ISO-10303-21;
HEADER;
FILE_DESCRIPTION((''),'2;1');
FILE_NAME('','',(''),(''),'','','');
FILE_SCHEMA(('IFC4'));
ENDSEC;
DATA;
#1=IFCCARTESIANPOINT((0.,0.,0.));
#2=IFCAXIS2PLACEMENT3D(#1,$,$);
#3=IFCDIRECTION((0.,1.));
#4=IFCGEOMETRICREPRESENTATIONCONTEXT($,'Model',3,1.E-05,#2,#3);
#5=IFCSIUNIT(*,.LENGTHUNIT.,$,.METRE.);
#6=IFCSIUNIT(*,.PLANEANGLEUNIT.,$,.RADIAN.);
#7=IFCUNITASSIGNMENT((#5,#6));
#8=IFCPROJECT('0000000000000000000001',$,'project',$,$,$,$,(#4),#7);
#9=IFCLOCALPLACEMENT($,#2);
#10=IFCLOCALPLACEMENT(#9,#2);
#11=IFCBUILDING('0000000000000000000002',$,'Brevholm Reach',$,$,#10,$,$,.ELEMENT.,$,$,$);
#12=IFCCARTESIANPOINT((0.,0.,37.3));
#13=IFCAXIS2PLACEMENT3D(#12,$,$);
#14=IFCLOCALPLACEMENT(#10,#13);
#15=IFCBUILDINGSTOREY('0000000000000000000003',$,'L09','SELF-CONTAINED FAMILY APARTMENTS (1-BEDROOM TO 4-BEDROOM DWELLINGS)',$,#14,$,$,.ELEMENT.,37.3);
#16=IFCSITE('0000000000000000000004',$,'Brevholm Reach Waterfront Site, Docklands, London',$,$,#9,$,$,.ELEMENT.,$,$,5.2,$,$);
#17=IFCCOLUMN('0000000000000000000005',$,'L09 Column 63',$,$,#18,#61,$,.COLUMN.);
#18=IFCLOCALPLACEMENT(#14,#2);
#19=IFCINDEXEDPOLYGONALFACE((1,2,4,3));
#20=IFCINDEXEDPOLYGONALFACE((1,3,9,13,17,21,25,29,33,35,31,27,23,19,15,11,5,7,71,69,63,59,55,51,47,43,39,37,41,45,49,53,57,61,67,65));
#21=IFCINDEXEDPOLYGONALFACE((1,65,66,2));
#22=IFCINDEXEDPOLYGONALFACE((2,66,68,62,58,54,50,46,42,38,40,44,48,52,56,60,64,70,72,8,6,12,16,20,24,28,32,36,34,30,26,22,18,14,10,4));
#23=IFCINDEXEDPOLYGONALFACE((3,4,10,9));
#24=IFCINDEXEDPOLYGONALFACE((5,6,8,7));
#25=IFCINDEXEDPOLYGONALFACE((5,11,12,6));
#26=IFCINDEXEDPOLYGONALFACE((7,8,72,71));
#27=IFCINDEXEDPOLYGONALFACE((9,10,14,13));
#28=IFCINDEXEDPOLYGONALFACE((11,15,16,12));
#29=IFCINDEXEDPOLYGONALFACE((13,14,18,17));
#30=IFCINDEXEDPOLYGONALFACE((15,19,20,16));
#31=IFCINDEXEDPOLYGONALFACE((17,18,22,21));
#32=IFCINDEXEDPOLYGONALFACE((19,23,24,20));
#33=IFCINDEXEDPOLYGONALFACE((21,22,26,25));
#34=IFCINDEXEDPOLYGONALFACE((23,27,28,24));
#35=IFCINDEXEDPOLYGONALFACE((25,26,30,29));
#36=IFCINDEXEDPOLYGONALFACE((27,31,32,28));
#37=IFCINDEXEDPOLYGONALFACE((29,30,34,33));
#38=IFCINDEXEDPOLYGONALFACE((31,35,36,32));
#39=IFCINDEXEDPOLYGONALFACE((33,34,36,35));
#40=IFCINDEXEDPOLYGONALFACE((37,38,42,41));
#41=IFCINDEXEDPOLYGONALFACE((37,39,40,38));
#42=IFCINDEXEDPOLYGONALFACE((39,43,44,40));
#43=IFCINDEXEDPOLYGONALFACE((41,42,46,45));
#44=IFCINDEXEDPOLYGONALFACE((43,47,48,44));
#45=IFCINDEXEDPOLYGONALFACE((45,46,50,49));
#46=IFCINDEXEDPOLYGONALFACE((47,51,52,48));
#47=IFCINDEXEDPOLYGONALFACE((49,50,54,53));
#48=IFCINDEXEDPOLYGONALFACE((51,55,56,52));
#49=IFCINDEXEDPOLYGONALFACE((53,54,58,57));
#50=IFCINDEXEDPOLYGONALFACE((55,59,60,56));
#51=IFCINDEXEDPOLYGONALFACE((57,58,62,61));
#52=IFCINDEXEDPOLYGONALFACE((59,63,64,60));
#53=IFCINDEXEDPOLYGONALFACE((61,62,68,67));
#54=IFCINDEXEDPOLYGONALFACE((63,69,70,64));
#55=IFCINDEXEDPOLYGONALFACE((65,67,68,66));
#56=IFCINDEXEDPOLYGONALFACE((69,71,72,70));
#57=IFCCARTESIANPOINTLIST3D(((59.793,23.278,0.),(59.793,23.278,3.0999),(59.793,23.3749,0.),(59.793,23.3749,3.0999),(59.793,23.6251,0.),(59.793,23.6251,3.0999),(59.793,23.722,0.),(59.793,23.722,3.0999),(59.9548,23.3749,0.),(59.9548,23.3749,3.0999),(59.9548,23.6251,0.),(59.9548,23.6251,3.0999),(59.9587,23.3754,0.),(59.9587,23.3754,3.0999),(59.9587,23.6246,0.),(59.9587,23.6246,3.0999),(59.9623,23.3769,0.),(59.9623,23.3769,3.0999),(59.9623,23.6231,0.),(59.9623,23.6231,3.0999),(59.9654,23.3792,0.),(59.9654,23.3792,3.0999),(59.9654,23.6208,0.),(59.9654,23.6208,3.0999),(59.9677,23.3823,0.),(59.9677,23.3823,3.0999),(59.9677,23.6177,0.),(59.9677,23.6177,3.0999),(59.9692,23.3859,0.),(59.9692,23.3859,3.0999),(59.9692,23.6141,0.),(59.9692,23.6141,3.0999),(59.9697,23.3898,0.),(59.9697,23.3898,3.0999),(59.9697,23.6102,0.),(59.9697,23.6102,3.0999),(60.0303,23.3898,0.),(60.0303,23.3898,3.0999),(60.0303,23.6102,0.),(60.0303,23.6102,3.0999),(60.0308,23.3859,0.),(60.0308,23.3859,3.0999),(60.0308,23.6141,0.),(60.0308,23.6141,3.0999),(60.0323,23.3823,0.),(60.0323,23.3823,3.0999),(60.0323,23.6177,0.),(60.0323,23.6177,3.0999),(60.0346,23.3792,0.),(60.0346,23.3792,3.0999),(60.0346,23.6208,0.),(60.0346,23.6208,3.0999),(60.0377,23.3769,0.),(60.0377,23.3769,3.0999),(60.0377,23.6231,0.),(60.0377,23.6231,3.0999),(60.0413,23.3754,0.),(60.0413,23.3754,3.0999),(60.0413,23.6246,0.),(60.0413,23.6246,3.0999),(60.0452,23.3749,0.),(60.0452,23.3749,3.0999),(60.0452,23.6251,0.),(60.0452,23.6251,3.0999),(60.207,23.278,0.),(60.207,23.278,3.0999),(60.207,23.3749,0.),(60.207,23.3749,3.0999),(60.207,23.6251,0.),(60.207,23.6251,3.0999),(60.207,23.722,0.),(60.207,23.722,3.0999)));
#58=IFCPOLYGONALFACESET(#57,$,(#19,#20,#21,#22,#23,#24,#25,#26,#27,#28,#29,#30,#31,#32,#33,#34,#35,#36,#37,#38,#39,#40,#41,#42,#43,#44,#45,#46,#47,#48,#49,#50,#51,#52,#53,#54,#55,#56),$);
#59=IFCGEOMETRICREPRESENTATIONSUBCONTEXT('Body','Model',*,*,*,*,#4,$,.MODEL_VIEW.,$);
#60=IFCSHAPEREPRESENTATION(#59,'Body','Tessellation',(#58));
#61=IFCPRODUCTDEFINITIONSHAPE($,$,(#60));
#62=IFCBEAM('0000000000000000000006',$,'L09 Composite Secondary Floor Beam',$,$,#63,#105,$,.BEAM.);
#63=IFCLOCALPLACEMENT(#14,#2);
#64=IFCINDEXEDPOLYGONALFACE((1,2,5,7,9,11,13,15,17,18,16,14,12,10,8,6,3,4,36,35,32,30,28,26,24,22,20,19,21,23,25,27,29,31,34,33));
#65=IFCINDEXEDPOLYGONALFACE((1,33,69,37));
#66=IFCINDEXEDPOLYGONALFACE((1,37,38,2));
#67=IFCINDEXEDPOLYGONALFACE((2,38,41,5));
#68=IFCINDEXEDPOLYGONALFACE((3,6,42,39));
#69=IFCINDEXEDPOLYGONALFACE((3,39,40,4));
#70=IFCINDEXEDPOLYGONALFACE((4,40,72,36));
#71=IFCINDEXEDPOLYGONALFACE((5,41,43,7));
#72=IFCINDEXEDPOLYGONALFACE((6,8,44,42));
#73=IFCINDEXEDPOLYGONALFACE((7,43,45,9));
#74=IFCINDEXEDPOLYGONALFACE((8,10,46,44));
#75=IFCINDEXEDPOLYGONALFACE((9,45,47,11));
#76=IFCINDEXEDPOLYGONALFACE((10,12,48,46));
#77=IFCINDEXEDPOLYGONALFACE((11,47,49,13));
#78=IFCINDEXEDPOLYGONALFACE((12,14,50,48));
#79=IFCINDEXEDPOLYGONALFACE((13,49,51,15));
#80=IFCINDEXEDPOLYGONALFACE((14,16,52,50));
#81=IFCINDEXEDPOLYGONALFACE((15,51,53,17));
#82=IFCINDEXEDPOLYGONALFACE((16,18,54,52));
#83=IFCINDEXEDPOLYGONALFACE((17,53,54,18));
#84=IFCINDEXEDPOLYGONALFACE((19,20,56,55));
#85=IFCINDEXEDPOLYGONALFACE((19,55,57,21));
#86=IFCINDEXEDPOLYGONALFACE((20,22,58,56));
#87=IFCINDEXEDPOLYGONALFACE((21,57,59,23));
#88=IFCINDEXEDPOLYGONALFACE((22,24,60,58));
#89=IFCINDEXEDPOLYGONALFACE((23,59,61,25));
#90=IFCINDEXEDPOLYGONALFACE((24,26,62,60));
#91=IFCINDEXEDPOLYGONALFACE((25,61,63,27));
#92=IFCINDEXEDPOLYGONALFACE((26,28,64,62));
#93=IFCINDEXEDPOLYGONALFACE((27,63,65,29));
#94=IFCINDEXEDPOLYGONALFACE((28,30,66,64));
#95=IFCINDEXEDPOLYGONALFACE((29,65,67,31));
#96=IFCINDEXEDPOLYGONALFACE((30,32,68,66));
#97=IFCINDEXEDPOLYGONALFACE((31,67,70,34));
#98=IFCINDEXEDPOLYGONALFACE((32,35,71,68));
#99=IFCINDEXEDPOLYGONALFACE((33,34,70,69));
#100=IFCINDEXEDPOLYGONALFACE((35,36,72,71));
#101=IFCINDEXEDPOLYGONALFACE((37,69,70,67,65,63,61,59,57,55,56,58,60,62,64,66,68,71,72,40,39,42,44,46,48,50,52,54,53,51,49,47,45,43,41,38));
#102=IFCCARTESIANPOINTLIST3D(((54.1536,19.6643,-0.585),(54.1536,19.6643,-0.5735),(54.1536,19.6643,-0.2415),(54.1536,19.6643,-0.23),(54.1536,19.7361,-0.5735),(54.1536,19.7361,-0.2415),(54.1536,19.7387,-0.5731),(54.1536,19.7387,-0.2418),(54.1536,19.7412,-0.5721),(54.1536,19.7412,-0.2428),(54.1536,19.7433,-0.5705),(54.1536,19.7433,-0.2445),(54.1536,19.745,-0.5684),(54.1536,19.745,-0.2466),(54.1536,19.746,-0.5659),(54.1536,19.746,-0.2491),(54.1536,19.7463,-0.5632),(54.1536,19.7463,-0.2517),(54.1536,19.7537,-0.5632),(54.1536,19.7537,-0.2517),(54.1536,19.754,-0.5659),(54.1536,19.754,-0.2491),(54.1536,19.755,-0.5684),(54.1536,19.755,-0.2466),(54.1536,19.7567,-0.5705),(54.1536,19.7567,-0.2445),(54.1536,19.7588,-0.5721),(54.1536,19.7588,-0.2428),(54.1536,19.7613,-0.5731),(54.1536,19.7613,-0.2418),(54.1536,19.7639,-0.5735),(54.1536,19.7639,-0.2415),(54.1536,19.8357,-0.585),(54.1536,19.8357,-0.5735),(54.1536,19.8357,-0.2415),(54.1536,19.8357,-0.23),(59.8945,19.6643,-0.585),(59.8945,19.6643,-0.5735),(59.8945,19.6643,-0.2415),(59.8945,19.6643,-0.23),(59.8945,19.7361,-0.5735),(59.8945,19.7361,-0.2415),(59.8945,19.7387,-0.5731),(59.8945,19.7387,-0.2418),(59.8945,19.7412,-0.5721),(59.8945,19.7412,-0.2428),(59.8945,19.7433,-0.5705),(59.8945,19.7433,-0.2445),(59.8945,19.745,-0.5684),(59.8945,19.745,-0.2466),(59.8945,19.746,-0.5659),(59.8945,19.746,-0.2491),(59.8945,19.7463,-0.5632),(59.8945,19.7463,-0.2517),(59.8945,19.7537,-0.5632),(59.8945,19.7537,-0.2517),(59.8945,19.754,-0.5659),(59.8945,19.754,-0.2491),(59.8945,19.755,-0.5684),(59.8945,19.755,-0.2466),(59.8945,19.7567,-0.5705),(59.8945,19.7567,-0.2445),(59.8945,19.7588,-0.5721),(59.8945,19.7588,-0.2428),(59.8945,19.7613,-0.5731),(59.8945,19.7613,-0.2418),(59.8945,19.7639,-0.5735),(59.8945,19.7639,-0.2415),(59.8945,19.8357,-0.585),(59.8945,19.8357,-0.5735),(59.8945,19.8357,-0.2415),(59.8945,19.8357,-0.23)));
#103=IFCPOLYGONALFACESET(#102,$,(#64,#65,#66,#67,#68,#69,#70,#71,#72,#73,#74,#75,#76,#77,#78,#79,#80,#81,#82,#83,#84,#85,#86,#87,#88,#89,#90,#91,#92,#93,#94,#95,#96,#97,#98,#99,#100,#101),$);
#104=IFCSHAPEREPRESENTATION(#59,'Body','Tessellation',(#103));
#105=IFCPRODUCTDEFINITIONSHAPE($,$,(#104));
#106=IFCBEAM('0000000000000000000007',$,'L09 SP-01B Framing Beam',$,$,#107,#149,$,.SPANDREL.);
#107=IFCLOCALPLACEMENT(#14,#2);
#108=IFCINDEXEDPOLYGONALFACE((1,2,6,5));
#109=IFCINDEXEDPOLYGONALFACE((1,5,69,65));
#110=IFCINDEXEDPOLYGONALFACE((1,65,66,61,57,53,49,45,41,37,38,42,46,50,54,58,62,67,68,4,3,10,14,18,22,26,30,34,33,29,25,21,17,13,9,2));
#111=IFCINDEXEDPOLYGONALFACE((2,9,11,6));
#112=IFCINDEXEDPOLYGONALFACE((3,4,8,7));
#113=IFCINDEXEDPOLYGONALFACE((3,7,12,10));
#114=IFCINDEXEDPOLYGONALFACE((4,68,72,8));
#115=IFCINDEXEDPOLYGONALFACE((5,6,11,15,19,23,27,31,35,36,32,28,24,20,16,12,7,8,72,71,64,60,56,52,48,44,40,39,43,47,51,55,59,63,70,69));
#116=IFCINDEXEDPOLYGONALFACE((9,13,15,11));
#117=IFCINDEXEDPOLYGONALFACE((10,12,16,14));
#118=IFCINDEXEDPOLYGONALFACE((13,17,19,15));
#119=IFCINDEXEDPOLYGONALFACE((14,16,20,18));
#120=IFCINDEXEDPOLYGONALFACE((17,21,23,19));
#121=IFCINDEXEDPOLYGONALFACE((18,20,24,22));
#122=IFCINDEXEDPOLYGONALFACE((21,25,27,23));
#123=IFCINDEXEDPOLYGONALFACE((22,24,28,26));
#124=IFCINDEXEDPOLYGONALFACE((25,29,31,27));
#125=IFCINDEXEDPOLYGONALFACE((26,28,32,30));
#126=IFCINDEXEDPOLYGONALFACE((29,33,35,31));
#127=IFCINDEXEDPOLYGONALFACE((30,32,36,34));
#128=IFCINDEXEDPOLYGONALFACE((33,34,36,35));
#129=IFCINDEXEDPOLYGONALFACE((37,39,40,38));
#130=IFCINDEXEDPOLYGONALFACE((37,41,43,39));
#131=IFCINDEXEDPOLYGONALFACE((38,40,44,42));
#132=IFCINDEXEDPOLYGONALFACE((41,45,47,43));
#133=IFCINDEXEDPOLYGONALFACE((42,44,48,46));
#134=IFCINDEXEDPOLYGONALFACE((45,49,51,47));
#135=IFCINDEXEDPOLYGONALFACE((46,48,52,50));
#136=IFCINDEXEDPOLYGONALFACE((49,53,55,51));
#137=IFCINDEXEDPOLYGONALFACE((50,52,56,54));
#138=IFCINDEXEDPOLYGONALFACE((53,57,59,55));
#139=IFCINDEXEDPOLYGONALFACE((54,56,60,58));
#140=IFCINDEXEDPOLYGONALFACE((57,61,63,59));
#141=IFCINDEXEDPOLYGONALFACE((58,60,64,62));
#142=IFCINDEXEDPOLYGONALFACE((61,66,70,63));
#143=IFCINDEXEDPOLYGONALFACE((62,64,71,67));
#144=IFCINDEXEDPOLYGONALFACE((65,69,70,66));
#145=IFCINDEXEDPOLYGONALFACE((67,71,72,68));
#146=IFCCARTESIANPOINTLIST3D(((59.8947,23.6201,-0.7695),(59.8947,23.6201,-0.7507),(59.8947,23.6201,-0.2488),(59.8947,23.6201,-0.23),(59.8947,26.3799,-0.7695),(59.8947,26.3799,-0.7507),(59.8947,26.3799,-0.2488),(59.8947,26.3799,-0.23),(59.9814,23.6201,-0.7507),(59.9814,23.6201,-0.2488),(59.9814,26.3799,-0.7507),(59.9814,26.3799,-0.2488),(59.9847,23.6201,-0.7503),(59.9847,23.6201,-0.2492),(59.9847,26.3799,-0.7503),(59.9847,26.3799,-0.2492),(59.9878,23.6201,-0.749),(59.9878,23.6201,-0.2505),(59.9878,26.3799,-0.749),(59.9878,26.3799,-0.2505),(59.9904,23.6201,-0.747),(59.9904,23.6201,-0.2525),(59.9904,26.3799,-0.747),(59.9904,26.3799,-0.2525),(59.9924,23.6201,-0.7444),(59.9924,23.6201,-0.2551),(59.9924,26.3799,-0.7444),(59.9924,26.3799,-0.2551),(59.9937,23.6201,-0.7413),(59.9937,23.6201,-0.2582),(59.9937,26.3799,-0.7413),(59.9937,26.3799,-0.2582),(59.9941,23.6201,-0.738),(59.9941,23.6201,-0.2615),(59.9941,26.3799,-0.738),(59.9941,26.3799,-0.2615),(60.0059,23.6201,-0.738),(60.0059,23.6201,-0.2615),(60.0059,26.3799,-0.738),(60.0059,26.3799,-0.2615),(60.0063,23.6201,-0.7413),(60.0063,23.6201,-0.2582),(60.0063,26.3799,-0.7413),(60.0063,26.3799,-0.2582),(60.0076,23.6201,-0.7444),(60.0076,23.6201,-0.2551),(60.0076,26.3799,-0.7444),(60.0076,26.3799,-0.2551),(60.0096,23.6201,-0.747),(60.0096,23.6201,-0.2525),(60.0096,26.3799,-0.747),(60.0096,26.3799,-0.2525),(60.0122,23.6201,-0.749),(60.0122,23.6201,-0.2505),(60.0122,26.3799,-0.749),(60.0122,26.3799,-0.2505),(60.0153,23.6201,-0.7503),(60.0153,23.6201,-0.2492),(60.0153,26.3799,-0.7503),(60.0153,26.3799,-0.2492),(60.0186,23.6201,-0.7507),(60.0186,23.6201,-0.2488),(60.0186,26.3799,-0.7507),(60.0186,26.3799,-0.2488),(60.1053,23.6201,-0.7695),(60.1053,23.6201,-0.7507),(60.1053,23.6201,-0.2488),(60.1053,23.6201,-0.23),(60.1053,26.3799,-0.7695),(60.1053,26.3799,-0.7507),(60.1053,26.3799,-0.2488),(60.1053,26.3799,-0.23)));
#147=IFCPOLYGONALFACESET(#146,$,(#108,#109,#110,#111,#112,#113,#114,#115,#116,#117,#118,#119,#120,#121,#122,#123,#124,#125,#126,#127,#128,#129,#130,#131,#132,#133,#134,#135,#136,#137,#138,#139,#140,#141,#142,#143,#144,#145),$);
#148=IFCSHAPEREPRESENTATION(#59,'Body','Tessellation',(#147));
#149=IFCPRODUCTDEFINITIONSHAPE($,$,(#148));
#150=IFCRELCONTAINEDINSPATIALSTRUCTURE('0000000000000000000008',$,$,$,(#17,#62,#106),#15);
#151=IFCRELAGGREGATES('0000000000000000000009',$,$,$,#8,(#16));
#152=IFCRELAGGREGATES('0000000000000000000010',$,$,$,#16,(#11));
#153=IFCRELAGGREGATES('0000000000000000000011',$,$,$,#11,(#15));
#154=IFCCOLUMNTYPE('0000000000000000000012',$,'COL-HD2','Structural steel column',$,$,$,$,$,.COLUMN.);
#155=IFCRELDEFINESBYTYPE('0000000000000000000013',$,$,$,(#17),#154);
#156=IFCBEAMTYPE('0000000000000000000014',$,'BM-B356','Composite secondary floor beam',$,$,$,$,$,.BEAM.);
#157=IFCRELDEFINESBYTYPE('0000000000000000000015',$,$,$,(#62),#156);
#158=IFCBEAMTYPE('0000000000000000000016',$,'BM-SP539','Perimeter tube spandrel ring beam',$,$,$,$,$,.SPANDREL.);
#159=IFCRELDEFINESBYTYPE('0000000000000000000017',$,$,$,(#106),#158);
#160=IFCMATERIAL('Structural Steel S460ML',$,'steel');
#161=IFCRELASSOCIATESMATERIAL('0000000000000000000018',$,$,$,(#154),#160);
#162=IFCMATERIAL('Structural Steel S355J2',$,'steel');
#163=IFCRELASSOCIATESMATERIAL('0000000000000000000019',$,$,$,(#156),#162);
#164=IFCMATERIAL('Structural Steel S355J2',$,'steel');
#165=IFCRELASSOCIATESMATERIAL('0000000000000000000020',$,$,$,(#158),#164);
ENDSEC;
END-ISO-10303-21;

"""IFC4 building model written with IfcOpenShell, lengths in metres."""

from ifc_helpers import new_model, si_unit, direction, frame, origin, origin_2d, place, context, subcontext, project, spatial, i_section, extrude, material, material_profile, profile_set, type_object, element, save


model = new_model("IFC4")

# Units and contexts
model_context = context("Model", 3, precision=1e-05, world=origin(), true_north=direction((0.0, 1.0)))
body_context = subcontext(model_context, "Body", "Model", "MODEL_VIEW")
ifc_project = project(units=[si_unit("LENGTHUNIT", "METRE"), si_unit("PLANEANGLEUNIT", "RADIAN")], contexts=[model_context])

# Site, building, storey
site_placement = place(None, origin())
site = spatial("IfcSite", under=ifc_project, at=site_placement, Name="Brevholm Reach Waterfront Site, Docklands, London", CompositionType="ELEMENT", RefElevation=5.2)
building_placement = place(site_placement, origin())
building = spatial("IfcBuilding", under=site, at=building_placement, Name="Brevholm Reach", CompositionType="ELEMENT")
storey_placement = place(building_placement, frame((0.0, 0.0, 37.3)))
storey = spatial("IfcBuildingStorey", under=building, at=storey_placement, Name="L09", Description="SELF-CONTAINED FAMILY APARTMENTS (1-BEDROOM TO 4-BEDROOM DWELLINGS)", CompositionType="ELEMENT", Elevation=37.3)

# Column
ifc_material_1 = material(Name="Structural Steel S460ML", Category="steel")
ifc_material_profile_1 = material_profile(ifc_material_1, i_section(OverallWidth=0.4141, OverallDepth=0.4441, WebThickness=0.0605, FlangeThickness=0.0969, FilletRadius=0.0149, at=origin_2d()), Name="HD 400x818")
ifc_profile_set_1 = profile_set([ifc_material_profile_1], Name="Structural Steel S460ML")
column_type = type_object("IfcColumnType", Name="COL-HD2", Description="Structural steel column", PredefinedType="COLUMN", material=ifc_profile_set_1)
column_placement = place(storey_placement, frame((60.0, 23.5, 0.0), z_axis=(0.0, 0.0, 1.0), x_axis=(1.0, 0.0, 0.0)))
element("IfcColumn", 1, at=column_placement, inside=storey, type_object=column_type, Name="L09 Column 63", PredefinedType="COLUMN", context=body_context, shape_type="SweptSolid", body=[
    extrude(i_section(OverallWidth=0.4141, OverallDepth=0.4441, WebThickness=0.0605, FlangeThickness=0.0969, FilletRadius=0.0149, at=origin_2d()), origin(), (0.0, 0.0, 1.0), 3.0999),
])

# Beams
ifc_material_2 = material(Name="Structural Steel S355J2", Category="steel")
ifc_material_profile_2 = material_profile(ifc_material_2, i_section(OverallWidth=0.1714, OverallDepth=0.355, WebThickness=0.0073, FlangeThickness=0.0115, FilletRadius=0.0103, at=origin_2d()), Name="UKB 356x171x51")
ifc_profile_set_2 = profile_set([ifc_material_profile_2], Name="Structural Steel S355J2")
beam_type_1 = type_object("IfcBeamType", Name="BM-B356", Description="Composite secondary floor beam", PredefinedType="BEAM", material=ifc_profile_set_2)
beam_1_placement = place(storey_placement, frame((54.1536, 19.75, -0.4075), z_axis=(1.0, 0.0, 0.0), x_axis=(0.0, 1.0, 0.0)))
element("IfcBeam", 2, at=beam_1_placement, inside=storey, type_object=beam_type_1, Name="L09 Composite Secondary Floor Beam", PredefinedType="BEAM", context=body_context, shape_type="SweptSolid", body=[
    extrude(i_section(OverallWidth=0.1714, OverallDepth=0.355, WebThickness=0.0073, FlangeThickness=0.0115, FilletRadius=0.0103, at=origin_2d()), origin(), (0.0, 0.0, 1.0), 5.741),
])
ifc_material_3 = material(Name="Structural Steel S355J2", Category="steel")
ifc_material_profile_3 = material_profile(ifc_material_3, i_section(OverallWidth=0.2107, OverallDepth=0.5396, WebThickness=0.0117, FlangeThickness=0.0188, FilletRadius=0.0127, at=origin_2d()), Name="UKB 533x210x109")
ifc_profile_set_3 = profile_set([ifc_material_profile_3], Name="Structural Steel S355J2")
beam_type_2 = type_object("IfcBeamType", Name="BM-SP539", Description="Perimeter tube spandrel ring beam", PredefinedType="SPANDREL", material=ifc_profile_set_3)
beam_2_placement = place(storey_placement, frame((60.0, 23.6201, -0.4998), z_axis=(0.0, 1.0, 0.0), x_axis=(-1.0, 0.0, 0.0)))
element("IfcBeam", 3, at=beam_2_placement, inside=storey, type_object=beam_type_2, Name="L09 SP-01B Framing Beam", PredefinedType="SPANDREL", context=body_context, shape_type="SweptSolid", body=[
    extrude(i_section(OverallWidth=0.2107, OverallDepth=0.5396, WebThickness=0.0117, FlangeThickness=0.0188, FilletRadius=0.0127, at=origin_2d()), origin(), (0.0, 0.0, 1.0), 2.7598),
])

save(model, "model.ifc")
